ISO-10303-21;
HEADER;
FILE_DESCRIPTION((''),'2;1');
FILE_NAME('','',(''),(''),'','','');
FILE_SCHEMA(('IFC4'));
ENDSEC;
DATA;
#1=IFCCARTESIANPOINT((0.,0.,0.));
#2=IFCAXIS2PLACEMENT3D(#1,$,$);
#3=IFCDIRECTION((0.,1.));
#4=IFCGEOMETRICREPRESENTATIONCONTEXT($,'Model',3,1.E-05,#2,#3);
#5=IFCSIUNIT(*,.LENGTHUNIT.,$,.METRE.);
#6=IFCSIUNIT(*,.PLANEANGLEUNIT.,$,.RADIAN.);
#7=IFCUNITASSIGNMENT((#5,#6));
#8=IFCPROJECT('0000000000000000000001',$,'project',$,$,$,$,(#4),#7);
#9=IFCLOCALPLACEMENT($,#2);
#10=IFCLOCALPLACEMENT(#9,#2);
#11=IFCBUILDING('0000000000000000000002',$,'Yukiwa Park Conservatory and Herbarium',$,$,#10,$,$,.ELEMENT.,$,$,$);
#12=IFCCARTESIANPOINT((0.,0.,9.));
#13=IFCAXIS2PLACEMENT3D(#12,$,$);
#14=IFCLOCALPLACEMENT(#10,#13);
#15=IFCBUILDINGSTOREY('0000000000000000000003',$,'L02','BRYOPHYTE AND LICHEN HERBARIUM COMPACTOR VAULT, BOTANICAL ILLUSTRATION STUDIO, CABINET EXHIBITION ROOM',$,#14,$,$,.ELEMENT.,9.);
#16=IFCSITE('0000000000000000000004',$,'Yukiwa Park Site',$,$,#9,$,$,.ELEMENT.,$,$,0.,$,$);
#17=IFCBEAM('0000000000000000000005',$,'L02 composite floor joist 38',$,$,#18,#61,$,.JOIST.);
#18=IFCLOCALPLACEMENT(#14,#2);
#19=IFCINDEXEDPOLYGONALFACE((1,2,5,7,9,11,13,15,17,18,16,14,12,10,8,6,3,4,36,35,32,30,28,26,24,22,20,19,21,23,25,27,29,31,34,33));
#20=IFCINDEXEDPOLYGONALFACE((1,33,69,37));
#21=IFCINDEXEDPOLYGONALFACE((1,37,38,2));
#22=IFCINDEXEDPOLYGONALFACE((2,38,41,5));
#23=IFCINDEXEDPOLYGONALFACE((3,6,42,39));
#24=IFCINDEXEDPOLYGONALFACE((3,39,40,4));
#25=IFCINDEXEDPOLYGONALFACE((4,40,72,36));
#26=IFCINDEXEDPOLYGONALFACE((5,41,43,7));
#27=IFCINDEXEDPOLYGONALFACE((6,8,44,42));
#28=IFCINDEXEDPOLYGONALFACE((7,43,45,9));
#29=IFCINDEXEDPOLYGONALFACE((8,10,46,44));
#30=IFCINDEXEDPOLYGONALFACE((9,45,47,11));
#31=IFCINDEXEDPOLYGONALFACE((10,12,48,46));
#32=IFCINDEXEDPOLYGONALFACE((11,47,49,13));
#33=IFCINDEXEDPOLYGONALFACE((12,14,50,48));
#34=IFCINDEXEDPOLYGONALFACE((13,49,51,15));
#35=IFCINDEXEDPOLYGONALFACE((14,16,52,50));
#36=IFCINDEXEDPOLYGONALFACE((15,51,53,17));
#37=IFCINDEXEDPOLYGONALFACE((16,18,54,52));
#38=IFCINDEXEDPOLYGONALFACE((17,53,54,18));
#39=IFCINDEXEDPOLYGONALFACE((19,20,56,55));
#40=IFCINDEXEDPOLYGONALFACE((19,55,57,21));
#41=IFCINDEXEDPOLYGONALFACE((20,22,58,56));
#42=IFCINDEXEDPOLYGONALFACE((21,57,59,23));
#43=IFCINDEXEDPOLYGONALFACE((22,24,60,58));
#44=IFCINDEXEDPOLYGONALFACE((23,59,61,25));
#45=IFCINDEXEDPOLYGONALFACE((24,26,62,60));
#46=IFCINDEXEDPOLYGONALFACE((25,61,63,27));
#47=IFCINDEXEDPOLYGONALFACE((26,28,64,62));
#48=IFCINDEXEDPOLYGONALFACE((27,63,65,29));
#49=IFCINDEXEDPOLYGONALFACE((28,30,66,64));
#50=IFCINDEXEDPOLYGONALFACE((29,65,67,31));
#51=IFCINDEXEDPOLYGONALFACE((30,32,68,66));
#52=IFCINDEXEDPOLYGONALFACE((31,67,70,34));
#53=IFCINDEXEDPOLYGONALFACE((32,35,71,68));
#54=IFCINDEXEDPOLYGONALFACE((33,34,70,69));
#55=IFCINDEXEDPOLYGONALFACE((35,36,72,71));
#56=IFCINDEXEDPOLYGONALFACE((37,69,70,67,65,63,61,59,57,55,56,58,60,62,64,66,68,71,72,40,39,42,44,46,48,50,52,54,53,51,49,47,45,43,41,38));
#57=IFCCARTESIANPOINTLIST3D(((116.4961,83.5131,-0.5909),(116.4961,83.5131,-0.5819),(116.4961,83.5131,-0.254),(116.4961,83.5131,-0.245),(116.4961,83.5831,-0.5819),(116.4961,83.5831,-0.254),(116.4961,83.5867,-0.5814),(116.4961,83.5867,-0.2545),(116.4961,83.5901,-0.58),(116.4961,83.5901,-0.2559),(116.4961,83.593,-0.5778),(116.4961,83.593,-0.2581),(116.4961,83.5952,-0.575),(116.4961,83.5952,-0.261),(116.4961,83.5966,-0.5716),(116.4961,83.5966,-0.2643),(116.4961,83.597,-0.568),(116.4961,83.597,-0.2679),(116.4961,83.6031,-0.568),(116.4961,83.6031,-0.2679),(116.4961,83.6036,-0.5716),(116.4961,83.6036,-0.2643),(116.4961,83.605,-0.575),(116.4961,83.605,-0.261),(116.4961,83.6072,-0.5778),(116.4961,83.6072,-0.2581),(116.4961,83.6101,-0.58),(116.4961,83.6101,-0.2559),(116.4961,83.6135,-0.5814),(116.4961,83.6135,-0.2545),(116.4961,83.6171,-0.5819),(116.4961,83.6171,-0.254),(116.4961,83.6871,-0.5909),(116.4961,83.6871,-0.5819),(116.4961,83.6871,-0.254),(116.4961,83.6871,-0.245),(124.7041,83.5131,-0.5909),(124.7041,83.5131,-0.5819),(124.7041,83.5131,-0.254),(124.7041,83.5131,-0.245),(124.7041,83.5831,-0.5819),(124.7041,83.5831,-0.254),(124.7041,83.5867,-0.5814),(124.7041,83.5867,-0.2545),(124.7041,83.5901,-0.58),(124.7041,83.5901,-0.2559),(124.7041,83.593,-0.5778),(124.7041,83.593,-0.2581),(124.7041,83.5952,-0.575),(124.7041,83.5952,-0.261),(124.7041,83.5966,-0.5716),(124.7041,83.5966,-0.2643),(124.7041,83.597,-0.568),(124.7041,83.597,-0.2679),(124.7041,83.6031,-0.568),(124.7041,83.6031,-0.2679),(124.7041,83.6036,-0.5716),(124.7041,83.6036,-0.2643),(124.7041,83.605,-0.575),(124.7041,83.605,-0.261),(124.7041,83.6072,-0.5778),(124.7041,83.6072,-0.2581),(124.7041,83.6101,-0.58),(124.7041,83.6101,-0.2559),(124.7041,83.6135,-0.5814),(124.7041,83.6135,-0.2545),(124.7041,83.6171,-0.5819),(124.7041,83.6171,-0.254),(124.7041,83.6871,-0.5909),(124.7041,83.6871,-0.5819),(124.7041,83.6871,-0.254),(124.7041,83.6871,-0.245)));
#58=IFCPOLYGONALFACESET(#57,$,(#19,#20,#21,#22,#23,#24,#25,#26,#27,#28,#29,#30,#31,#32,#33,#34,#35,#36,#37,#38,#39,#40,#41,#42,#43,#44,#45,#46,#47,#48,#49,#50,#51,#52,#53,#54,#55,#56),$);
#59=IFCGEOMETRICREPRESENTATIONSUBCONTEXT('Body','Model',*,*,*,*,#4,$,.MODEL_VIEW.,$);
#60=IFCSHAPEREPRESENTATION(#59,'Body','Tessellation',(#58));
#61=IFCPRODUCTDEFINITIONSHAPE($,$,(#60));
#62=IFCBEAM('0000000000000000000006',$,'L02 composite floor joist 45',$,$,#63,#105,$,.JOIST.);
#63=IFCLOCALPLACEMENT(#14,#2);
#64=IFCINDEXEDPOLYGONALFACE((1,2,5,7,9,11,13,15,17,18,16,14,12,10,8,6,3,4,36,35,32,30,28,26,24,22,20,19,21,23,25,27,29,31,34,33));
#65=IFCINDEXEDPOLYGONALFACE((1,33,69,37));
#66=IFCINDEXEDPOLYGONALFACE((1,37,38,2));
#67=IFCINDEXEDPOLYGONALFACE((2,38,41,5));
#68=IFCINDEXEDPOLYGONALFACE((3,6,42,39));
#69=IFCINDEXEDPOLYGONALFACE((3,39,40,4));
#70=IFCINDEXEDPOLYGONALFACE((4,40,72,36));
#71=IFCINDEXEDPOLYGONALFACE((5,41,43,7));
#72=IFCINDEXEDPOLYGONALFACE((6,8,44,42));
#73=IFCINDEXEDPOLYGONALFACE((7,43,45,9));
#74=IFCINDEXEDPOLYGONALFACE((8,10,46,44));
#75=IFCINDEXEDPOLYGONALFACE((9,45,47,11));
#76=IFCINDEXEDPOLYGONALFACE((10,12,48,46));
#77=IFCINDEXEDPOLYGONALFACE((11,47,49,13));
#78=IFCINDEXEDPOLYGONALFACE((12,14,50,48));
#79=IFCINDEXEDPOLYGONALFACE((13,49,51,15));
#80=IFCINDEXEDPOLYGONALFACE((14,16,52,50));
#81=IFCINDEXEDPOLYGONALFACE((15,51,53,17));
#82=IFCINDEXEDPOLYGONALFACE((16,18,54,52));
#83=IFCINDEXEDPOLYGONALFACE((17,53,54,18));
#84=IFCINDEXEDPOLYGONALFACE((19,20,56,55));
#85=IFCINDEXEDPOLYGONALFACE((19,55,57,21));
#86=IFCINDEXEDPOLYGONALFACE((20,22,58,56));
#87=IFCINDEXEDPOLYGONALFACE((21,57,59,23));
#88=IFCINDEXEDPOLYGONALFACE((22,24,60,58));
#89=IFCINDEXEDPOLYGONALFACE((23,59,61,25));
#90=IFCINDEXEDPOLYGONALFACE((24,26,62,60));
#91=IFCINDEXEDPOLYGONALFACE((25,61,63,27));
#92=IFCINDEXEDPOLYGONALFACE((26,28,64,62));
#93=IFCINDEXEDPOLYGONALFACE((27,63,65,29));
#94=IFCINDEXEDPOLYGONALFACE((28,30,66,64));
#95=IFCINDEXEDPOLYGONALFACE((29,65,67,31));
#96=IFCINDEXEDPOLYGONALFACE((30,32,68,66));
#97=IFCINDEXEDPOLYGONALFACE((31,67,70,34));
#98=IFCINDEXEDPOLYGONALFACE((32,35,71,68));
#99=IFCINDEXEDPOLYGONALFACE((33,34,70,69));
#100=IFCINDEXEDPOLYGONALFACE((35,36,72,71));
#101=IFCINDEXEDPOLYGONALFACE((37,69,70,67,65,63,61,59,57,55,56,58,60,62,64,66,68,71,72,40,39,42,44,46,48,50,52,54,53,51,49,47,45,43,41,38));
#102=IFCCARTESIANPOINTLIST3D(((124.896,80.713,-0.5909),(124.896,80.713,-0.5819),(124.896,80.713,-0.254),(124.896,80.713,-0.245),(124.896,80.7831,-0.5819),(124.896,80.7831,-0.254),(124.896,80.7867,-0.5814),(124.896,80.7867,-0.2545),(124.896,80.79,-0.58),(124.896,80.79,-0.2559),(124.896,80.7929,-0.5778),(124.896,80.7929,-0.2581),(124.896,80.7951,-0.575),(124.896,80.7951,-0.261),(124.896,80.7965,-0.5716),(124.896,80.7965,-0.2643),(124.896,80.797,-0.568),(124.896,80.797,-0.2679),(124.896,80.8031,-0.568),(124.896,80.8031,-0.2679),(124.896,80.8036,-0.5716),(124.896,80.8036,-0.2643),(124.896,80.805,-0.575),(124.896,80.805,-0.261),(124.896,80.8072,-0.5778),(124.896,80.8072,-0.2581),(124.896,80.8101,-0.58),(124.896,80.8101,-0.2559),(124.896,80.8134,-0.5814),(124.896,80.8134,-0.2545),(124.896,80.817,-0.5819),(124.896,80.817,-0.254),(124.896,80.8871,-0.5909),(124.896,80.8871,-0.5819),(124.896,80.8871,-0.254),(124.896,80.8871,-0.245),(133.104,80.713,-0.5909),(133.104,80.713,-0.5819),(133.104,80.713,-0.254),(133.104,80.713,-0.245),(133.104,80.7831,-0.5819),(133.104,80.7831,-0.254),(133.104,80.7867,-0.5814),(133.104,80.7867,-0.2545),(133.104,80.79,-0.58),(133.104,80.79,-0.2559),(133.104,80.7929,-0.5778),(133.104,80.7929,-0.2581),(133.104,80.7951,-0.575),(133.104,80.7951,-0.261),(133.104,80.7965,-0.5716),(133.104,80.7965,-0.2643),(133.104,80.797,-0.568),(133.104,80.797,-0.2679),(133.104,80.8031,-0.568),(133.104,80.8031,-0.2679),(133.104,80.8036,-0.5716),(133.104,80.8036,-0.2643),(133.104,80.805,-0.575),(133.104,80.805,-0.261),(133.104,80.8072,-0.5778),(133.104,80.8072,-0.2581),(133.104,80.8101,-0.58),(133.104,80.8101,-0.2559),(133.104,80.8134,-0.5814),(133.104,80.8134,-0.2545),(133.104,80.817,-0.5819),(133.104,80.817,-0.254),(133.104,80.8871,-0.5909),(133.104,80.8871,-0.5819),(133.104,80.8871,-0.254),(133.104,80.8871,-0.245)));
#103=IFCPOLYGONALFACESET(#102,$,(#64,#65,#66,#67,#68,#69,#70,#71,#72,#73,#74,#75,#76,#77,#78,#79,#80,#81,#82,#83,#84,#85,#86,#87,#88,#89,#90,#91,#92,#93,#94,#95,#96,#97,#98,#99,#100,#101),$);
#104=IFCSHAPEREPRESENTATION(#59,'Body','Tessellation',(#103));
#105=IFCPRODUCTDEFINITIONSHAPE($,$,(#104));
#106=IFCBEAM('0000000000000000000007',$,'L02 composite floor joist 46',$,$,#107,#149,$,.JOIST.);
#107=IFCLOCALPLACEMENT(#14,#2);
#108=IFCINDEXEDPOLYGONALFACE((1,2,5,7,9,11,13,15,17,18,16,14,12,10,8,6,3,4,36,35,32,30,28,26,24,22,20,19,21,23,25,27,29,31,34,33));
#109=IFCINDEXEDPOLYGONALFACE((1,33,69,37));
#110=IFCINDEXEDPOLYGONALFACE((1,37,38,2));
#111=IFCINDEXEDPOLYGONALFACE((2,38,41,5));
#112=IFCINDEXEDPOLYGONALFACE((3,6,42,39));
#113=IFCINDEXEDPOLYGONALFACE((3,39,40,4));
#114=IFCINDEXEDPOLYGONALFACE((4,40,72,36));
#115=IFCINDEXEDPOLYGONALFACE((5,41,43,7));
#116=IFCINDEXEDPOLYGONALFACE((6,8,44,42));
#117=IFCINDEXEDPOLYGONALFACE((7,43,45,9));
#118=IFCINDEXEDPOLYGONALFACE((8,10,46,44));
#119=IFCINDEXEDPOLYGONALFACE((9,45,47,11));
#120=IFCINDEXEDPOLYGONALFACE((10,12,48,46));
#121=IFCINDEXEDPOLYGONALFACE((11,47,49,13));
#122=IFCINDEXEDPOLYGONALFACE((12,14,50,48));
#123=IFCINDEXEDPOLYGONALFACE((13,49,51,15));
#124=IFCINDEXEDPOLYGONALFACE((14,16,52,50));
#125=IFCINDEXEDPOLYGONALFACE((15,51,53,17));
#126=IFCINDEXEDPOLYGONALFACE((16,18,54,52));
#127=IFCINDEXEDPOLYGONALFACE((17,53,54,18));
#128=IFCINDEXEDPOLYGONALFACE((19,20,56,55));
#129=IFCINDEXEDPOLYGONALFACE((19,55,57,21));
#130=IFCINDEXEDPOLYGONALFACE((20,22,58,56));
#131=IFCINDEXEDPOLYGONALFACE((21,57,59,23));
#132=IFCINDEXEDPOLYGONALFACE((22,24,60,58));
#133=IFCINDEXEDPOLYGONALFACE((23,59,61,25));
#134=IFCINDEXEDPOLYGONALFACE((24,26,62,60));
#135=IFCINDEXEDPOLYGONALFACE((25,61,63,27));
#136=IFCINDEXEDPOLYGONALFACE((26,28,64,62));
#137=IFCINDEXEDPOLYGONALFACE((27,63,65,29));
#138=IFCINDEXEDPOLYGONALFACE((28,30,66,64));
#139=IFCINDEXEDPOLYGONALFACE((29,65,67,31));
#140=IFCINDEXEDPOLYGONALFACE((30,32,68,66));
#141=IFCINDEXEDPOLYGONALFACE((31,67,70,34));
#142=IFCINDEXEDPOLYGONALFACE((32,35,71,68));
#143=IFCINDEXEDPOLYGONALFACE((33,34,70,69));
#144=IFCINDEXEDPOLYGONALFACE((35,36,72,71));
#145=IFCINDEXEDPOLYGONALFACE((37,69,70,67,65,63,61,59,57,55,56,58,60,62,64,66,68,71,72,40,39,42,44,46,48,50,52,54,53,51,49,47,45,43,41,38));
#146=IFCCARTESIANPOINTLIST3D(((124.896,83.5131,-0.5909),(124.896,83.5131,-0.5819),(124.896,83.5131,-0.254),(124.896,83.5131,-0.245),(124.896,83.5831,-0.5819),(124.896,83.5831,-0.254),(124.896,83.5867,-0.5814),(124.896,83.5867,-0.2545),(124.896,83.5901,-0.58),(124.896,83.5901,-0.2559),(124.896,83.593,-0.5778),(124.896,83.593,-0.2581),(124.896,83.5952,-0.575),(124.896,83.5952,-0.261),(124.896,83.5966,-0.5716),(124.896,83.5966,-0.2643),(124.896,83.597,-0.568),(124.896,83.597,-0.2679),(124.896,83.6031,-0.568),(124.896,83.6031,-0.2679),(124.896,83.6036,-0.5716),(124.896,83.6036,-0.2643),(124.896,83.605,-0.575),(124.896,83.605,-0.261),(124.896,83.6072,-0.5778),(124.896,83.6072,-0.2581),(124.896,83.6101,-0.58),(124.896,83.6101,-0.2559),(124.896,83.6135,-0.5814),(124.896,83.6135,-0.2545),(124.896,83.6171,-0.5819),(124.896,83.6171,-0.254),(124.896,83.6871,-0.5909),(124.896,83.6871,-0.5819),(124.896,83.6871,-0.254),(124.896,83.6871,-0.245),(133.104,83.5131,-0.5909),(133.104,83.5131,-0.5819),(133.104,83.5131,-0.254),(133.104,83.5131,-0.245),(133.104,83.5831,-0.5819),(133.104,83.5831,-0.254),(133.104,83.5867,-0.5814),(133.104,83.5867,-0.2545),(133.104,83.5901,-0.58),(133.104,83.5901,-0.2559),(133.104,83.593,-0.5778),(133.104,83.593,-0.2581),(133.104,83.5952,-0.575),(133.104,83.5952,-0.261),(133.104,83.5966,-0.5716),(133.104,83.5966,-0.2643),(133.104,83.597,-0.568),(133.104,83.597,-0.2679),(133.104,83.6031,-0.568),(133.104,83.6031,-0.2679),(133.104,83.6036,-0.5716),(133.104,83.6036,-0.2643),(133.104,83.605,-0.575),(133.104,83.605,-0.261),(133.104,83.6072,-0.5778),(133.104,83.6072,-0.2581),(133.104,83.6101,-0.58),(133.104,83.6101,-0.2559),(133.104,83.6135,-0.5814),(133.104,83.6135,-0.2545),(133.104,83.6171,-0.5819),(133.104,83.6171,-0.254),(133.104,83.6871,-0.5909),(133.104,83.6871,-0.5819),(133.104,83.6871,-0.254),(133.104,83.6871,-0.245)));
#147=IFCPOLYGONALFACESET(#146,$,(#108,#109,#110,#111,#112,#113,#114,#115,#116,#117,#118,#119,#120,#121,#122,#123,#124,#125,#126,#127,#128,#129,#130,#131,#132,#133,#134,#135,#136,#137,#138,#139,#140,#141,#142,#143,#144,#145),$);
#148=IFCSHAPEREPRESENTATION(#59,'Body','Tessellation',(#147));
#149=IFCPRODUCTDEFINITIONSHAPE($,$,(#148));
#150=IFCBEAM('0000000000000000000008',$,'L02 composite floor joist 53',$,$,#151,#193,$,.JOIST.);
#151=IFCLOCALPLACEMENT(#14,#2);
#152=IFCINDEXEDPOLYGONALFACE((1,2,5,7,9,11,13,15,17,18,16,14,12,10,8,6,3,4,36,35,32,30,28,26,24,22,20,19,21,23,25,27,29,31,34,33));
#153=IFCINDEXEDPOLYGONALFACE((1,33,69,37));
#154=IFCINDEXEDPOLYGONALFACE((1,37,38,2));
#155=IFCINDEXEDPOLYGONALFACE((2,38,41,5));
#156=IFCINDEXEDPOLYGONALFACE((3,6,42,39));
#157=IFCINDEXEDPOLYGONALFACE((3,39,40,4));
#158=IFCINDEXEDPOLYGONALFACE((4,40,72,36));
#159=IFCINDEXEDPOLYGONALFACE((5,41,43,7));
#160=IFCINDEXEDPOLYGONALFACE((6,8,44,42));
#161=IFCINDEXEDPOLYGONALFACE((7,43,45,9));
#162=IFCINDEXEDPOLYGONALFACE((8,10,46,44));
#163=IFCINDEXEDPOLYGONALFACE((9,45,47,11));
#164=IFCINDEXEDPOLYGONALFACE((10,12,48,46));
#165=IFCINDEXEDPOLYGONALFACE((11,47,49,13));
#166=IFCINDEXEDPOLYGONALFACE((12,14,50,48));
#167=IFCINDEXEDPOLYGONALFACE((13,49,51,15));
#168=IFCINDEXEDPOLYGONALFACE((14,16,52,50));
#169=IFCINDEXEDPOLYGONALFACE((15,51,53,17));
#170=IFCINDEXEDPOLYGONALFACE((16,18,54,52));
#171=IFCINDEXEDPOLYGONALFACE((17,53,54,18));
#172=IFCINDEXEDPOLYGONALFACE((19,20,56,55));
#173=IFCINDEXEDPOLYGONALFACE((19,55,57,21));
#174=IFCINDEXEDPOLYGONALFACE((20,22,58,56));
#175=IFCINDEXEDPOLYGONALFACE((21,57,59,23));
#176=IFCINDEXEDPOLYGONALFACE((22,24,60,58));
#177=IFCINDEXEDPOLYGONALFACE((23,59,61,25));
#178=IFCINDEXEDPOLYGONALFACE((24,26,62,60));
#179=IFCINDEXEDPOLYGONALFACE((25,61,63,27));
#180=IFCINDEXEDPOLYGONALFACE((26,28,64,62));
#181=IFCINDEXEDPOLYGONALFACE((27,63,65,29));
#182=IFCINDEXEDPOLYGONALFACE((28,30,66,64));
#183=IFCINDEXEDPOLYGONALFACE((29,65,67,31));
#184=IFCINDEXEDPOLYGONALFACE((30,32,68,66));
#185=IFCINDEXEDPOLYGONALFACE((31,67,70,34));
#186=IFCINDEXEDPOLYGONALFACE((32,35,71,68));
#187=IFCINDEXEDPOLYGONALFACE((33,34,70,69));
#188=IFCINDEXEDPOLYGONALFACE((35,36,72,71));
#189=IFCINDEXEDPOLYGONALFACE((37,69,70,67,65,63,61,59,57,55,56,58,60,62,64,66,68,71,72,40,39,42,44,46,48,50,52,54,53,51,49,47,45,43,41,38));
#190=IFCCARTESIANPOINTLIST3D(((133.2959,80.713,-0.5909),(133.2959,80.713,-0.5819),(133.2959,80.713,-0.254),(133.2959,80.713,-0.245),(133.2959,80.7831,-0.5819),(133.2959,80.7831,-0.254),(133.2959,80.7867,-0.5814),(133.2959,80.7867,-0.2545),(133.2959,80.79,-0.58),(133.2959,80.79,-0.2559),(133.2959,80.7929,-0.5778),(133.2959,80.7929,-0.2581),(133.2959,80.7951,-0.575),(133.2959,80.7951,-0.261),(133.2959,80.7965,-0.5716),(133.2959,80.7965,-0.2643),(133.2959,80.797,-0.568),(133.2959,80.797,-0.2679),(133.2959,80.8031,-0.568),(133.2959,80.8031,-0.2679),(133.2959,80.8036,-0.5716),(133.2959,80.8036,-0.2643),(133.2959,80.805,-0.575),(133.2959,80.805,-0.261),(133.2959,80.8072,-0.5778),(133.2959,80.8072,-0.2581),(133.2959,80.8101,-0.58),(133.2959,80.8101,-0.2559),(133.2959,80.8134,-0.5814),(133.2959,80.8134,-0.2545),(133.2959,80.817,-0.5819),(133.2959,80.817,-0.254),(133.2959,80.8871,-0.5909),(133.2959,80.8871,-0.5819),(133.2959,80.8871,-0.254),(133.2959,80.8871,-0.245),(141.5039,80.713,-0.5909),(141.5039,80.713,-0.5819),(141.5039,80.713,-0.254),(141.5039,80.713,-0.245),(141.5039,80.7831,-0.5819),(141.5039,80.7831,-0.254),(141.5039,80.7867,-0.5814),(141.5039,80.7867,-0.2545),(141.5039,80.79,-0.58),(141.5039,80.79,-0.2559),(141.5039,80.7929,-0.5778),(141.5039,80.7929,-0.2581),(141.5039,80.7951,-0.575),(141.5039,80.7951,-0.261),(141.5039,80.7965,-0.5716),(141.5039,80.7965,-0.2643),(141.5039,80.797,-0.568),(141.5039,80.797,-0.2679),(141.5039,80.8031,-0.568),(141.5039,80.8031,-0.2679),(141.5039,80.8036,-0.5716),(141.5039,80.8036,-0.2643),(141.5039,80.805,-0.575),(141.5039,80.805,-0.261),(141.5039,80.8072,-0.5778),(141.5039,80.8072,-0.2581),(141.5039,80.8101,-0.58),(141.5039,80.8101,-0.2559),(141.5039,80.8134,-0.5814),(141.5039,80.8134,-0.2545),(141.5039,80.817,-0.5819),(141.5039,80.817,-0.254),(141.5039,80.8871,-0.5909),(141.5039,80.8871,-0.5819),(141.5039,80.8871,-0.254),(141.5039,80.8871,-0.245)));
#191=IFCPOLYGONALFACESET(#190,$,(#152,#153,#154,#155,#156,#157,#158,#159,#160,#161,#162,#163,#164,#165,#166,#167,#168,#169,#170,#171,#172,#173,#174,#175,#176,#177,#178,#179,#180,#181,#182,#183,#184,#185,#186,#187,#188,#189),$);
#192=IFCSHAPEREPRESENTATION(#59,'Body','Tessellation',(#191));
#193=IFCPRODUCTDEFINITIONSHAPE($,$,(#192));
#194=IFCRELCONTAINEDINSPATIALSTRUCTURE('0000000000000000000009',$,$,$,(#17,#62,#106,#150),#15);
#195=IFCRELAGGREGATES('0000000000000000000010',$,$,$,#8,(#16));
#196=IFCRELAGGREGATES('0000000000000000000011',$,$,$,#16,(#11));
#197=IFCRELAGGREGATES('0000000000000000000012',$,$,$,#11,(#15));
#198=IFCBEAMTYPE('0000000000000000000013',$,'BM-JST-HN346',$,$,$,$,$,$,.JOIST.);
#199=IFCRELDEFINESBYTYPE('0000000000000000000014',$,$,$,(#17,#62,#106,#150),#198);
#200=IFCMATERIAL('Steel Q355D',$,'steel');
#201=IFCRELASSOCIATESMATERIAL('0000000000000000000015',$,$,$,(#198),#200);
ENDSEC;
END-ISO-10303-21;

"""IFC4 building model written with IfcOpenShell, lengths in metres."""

from ifc_helpers import new_model, si_unit, direction, frame, origin, origin_2d, place, context, subcontext, project, spatial, i_section, extrude, material, material_profile, profile_set, type_object, element, save


model = new_model("IFC4")

# Units and contexts
model_context = context("Model", 3, precision=1e-05, world=origin(), true_north=direction((0.0, 1.0)))
body_context = subcontext(model_context, "Body", "Model", "MODEL_VIEW")
ifc_project = project(units=[si_unit("LENGTHUNIT", "METRE"), si_unit("PLANEANGLEUNIT", "RADIAN")], contexts=[model_context])

# Site, building, storey
site_placement = place(None, origin())
site = spatial("IfcSite", under=ifc_project, at=site_placement, Name="Yukiwa Park Site", CompositionType="ELEMENT", RefElevation=0.0)
building_placement = place(site_placement, origin())
building = spatial("IfcBuilding", under=site, at=building_placement, Name="Yukiwa Park Conservatory and Herbarium", CompositionType="ELEMENT")
storey_placement = place(building_placement, frame((0.0, 0.0, 9.0)))
storey = spatial("IfcBuildingStorey", under=building, at=storey_placement, Name="L02", Description="BRYOPHYTE AND LICHEN HERBARIUM COMPACTOR VAULT, BOTANICAL ILLUSTRATION STUDIO, CABINET EXHIBITION ROOM", CompositionType="ELEMENT", Elevation=9.0)

# Beams
ifc_material_1 = material(Name="Steel Q355D", Category="steel")
ifc_material_profile_1 = material_profile(ifc_material_1, i_section(OverallWidth=0.1741, OverallDepth=0.3459, WebThickness=0.0061, FlangeThickness=0.009, FilletRadius=0.0139, at=origin_2d()), Name="HN 346x174x6x9")
ifc_profile_set_1 = profile_set([ifc_material_profile_1], Name="Steel Q355D")
beam_type_1 = type_object("IfcBeamType", Name="BM-JST-HN346", PredefinedType="JOIST", material=ifc_profile_set_1)
for number, where, z_axis, x_axis, name in (
    (1, (116.4961, 83.6001, -0.418), (1.0, 0.0, 0.0), (0.0, 1.0, 0.0), "L02 composite floor joist 38"),
    (2, (124.896, 80.8, -0.418), (1.0, 0.0, 0.0), (0.0, 1.0, 0.0), "L02 composite floor joist 45"),
    (3, (124.896, 83.6001, -0.418), (1.0, 0.0, 0.0), (0.0, 1.0, 0.0), "L02 composite floor joist 46"),
    (4, (133.2959, 80.8, -0.418), (1.0, 0.0, 0.0), (0.0, 1.0, 0.0), "L02 composite floor joist 53"),
):
    element("IfcBeam", number, at=place(storey_placement, frame(where, z_axis=z_axis, x_axis=x_axis)), inside=storey, type_object=beam_type_1, Name=name, PredefinedType="JOIST", context=body_context, shape_type="SweptSolid", body=[
        extrude(i_section(OverallWidth=0.1741, OverallDepth=0.3459, WebThickness=0.0061, FlangeThickness=0.009, FilletRadius=0.0139, at=origin_2d()), origin(), (0.0, 0.0, 1.0), 8.208),
    ])

save(model, "model.ifc")
